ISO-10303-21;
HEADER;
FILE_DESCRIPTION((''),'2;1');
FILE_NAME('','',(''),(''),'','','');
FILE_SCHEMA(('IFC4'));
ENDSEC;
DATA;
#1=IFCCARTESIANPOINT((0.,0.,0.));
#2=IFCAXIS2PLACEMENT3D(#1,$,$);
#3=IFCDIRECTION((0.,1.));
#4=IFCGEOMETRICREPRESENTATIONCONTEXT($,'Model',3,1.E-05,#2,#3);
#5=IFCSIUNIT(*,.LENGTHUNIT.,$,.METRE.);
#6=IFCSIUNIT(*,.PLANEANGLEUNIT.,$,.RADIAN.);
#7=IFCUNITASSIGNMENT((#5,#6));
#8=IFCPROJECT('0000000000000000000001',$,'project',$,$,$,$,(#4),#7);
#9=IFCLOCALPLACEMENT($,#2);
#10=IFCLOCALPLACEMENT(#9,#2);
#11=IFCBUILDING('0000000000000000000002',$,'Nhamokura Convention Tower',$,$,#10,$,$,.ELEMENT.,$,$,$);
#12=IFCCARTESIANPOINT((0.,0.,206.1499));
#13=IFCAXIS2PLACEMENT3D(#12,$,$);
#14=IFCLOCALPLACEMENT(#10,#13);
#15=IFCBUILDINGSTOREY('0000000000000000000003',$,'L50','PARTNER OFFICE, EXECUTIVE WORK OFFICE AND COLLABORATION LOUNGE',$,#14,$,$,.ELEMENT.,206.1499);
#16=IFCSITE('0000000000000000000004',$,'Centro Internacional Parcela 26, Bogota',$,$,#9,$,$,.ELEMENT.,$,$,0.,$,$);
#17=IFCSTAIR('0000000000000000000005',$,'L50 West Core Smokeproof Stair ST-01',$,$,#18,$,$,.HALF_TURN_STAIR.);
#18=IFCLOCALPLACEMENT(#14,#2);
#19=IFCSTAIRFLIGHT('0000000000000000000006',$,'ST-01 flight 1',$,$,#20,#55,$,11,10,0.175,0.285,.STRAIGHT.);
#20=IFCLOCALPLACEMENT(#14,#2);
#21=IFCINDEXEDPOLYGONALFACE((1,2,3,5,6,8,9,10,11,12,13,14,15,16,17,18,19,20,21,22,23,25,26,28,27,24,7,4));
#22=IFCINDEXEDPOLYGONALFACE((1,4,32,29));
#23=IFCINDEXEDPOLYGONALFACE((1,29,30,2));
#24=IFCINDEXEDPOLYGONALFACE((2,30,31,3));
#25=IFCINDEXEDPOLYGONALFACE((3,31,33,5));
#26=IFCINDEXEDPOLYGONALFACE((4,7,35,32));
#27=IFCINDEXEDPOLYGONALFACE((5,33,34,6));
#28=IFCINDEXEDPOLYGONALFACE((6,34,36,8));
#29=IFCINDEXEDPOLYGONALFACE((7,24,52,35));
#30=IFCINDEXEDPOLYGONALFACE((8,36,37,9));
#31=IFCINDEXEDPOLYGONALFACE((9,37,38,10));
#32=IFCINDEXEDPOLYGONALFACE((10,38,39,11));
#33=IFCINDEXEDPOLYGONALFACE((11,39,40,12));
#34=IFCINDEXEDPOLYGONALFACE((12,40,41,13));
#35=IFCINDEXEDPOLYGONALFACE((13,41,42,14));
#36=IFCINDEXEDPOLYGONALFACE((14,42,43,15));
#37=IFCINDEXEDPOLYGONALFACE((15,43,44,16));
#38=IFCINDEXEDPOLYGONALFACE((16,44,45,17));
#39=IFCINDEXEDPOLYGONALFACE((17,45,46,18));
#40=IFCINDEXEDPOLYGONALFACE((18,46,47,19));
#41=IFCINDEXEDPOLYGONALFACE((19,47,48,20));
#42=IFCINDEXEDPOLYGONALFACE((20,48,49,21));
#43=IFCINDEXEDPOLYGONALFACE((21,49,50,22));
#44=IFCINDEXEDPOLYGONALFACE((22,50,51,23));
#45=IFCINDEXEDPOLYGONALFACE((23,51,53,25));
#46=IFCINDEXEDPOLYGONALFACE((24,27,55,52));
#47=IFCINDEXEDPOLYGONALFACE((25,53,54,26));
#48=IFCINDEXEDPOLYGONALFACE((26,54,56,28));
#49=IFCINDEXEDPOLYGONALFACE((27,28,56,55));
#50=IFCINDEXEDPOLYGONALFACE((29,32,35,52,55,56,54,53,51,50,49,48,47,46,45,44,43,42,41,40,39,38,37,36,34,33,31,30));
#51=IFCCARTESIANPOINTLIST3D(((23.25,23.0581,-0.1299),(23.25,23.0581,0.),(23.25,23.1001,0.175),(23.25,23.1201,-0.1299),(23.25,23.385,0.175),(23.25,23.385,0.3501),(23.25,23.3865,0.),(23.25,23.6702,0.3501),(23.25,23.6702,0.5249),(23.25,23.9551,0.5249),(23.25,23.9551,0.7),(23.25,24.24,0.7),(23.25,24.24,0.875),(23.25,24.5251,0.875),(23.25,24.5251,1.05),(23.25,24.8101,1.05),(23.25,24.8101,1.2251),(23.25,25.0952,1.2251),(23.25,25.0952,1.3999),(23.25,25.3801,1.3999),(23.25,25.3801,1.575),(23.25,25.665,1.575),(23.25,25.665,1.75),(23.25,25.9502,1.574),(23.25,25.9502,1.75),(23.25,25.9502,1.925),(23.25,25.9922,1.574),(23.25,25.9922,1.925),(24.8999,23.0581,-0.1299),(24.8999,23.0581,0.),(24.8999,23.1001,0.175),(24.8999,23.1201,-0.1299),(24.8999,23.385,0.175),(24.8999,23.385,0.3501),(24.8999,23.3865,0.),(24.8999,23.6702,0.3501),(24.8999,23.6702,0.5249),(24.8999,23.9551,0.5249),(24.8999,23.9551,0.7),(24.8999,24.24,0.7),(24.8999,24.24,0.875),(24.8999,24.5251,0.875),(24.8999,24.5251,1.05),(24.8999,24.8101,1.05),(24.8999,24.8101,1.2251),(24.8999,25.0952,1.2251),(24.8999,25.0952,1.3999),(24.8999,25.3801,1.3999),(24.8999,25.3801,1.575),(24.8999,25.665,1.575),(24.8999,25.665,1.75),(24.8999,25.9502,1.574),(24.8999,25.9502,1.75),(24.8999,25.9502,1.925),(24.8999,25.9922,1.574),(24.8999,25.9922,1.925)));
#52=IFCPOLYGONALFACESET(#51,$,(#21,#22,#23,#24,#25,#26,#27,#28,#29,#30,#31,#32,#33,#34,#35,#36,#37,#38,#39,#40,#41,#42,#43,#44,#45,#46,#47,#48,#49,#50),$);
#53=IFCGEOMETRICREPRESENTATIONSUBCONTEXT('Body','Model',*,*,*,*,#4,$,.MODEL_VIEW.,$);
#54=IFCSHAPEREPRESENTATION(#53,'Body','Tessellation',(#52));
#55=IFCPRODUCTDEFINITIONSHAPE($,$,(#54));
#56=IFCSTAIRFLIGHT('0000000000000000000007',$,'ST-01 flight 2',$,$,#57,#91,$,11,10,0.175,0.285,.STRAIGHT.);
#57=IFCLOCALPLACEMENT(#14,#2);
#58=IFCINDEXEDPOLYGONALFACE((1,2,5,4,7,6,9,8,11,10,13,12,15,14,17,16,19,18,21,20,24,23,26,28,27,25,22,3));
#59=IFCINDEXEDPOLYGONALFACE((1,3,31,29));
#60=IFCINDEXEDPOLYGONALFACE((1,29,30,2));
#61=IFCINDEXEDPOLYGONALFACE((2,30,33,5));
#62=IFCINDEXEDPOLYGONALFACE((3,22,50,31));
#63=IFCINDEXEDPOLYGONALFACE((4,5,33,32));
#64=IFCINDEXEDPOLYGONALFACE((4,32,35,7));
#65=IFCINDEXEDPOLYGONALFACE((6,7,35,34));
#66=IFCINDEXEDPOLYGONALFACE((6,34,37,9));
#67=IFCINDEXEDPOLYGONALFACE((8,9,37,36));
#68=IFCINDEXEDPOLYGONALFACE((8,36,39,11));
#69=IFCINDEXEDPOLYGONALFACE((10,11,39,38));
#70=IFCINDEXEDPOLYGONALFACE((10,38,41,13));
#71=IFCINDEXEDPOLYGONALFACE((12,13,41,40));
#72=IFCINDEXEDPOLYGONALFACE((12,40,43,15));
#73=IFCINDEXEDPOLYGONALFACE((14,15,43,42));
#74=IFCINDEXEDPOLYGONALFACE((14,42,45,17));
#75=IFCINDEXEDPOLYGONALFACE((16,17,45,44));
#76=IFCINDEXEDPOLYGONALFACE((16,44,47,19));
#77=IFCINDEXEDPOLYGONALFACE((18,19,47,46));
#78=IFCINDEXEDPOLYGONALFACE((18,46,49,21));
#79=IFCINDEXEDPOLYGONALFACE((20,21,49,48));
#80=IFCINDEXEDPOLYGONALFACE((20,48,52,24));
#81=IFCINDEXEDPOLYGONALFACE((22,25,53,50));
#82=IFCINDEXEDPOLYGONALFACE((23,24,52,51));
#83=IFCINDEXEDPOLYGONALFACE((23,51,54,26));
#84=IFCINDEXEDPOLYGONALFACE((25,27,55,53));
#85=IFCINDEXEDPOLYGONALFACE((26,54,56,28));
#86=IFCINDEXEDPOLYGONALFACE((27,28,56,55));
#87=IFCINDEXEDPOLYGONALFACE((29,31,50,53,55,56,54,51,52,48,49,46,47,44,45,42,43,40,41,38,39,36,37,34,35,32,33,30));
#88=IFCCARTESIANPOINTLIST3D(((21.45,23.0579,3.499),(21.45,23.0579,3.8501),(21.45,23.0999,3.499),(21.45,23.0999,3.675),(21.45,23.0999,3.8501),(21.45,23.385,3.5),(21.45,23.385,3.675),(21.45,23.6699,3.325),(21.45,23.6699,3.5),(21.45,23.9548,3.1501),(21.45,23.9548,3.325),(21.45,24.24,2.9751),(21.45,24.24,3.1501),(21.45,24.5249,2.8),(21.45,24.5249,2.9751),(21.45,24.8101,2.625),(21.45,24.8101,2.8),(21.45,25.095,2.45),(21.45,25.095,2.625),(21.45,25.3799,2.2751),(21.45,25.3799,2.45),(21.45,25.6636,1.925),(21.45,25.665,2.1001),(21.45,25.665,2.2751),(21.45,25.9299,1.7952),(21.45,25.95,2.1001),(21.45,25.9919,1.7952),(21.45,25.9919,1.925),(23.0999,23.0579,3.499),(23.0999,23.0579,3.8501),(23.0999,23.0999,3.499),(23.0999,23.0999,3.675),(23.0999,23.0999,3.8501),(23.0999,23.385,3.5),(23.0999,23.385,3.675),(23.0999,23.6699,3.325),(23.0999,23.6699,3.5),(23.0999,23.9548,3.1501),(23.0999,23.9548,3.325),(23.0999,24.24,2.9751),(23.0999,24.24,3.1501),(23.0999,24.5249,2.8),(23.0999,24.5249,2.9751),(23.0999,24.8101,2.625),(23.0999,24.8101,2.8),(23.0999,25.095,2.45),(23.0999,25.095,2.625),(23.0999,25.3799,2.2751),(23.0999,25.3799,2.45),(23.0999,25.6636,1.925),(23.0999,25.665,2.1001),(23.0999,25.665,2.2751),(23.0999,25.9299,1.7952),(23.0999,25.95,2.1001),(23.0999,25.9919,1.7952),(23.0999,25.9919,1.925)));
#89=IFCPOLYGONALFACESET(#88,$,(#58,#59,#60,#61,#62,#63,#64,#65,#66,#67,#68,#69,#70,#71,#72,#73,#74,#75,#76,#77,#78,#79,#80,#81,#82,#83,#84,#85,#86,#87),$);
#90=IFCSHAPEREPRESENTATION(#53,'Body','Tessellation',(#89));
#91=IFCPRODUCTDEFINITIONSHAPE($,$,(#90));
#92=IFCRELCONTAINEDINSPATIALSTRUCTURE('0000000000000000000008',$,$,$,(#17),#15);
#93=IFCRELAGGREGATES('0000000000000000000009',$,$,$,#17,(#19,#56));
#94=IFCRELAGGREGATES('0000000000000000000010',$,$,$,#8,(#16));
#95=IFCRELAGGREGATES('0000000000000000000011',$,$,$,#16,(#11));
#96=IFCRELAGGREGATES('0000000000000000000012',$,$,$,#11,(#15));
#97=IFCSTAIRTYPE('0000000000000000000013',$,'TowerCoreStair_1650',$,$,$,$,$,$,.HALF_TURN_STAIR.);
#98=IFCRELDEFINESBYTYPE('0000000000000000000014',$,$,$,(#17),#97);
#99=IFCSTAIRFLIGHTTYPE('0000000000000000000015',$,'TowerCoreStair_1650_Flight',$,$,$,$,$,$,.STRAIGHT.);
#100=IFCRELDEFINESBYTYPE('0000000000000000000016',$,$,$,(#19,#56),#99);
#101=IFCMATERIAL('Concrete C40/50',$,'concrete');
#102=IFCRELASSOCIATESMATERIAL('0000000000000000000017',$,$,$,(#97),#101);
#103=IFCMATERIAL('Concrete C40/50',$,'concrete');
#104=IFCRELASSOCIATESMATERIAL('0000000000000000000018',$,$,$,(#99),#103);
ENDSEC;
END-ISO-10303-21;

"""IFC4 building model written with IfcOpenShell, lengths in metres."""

from ifc_helpers import new_model, si_unit, direction, frame, origin, place, context, subcontext, project, spatial, polyline, outline, extrude, material, type_object, element, aggregate, save


model = new_model("IFC4")

# Units and contexts
model_context = context("Model", 3, precision=1e-05, world=origin(), true_north=direction((0.0, 1.0)))
body_context = subcontext(model_context, "Body", "Model", "MODEL_VIEW")
ifc_project = project(units=[si_unit("LENGTHUNIT", "METRE"), si_unit("PLANEANGLEUNIT", "RADIAN")], contexts=[model_context])

# Site, building, storey
site_placement = place(None, origin())
site = spatial("IfcSite", under=ifc_project, at=site_placement, Name="Centro Internacional Parcela 26, Bogota", CompositionType="ELEMENT", RefElevation=0.0)
building_placement = place(site_placement, origin())
building = spatial("IfcBuilding", under=site, at=building_placement, Name="Nhamokura Convention Tower", CompositionType="ELEMENT")
storey_placement = place(building_placement, frame((0.0, 0.0, 206.1499)))
storey = spatial("IfcBuildingStorey", under=building, at=storey_placement, Name="L50", Description="PARTNER OFFICE, EXECUTIVE WORK OFFICE AND COLLABORATION LOUNGE", CompositionType="ELEMENT", Elevation=206.1499)

# Stair, stair flights
ifc_material_1 = material(Name="Concrete C40/50", Category="concrete")
stair_type = type_object("IfcStairType", Name="TowerCoreStair_1650", PredefinedType="HALF_TURN_STAIR", material=ifc_material_1)
stair_placement = place(storey_placement, origin())
stair = element("IfcStair", 1, at=stair_placement, inside=storey, type_object=stair_type, Name="L50 West Core Smokeproof Stair ST-01", PredefinedType="HALF_TURN_STAIR")
ifc_material_2 = material(Name="Concrete C40/50", Category="concrete")
stair_flight_type = type_object("IfcStairFlightType", Name="TowerCoreStair_1650_Flight", PredefinedType="STRAIGHT", material=ifc_material_2)
stair_flight_1_placement = place(storey_placement, frame((24.075, 23.1001, 0.0), z_axis=(0.0, 0.0, 1.0), x_axis=(0.0, 1.0, 0.0)))
stair_flight_1 = element("IfcStairFlight", 2, at=stair_flight_1_placement, type_object=stair_flight_type, Name="ST-01 flight 1", NumberOfRisers=11, NumberOfTreads=10, PredefinedType="STRAIGHT", RiserHeight=0.175, TreadLength=0.285, context=body_context, shape_type="SweptSolid", body=[
    extrude(outline(polyline([(-0.042, 0.0), (0.0, 0.175), (0.2849, 0.175), (0.2849, 0.3501), (0.5701, 0.3501), (0.5701, 0.5249), (0.855, 0.5249), (0.855, 0.7), (1.1399, 0.7), (1.1399, 0.875), (1.425, 0.875), (1.425, 1.05), (1.71, 1.05), (1.71, 1.2251), (1.9951, 1.2251), (1.9951, 1.3999), (2.28, 1.3999), (2.28, 1.575), (2.5649, 1.575), (2.5649, 1.75), (2.8501, 1.75), (2.8501, 1.925), (2.8921, 1.925), (2.8921, 1.574), (2.8501, 1.574), (0.2864, 0.0), (0.02, -0.1299), (-0.042, -0.1299), (-0.042, 0.0)])), frame((0.0, 0.825, 0.0), z_axis=(0.0, -1.0, 0.0), x_axis=(1.0, 0.0, 0.0)), (0.0, 0.0, 1.0), 1.6499),
])
stair_flight_2_placement = place(storey_placement, frame((22.2749, 25.95, 1.925), z_axis=(0.0, 0.0, 1.0), x_axis=(0.0, -1.0, 0.0)))
stair_flight_2 = element("IfcStairFlight", 3, at=stair_flight_2_placement, type_object=stair_flight_type, Name="ST-01 flight 2", NumberOfRisers=11, NumberOfTreads=10, PredefinedType="STRAIGHT", RiserHeight=0.175, TreadLength=0.285, context=body_context, shape_type="SweptSolid", body=[
    extrude(outline(polyline([(-0.042, 0.0), (0.0, 0.175), (0.2849, 0.175), (0.2849, 0.3501), (0.5701, 0.3501), (0.5701, 0.5249), (0.855, 0.5249), (0.855, 0.7), (1.1399, 0.7), (1.1399, 0.875), (1.425, 0.875), (1.425, 1.05), (1.71, 1.05), (1.71, 1.2251), (1.9951, 1.2251), (1.9951, 1.3999), (2.28, 1.3999), (2.28, 1.575), (2.5649, 1.575), (2.5649, 1.75), (2.8501, 1.75), (2.8501, 1.925), (2.8921, 1.925), (2.8921, 1.574), (2.8501, 1.574), (0.2864, 0.0), (0.02, -0.1299), (-0.042, -0.1299), (-0.042, 0.0)])), frame((0.0, 0.825, 0.0), z_axis=(0.0, -1.0, 0.0), x_axis=(1.0, 0.0, 0.0)), (0.0, 0.0, 1.0), 1.6499),
])
aggregate(stair, [stair_flight_1, stair_flight_2])

save(model, "model.ifc")
